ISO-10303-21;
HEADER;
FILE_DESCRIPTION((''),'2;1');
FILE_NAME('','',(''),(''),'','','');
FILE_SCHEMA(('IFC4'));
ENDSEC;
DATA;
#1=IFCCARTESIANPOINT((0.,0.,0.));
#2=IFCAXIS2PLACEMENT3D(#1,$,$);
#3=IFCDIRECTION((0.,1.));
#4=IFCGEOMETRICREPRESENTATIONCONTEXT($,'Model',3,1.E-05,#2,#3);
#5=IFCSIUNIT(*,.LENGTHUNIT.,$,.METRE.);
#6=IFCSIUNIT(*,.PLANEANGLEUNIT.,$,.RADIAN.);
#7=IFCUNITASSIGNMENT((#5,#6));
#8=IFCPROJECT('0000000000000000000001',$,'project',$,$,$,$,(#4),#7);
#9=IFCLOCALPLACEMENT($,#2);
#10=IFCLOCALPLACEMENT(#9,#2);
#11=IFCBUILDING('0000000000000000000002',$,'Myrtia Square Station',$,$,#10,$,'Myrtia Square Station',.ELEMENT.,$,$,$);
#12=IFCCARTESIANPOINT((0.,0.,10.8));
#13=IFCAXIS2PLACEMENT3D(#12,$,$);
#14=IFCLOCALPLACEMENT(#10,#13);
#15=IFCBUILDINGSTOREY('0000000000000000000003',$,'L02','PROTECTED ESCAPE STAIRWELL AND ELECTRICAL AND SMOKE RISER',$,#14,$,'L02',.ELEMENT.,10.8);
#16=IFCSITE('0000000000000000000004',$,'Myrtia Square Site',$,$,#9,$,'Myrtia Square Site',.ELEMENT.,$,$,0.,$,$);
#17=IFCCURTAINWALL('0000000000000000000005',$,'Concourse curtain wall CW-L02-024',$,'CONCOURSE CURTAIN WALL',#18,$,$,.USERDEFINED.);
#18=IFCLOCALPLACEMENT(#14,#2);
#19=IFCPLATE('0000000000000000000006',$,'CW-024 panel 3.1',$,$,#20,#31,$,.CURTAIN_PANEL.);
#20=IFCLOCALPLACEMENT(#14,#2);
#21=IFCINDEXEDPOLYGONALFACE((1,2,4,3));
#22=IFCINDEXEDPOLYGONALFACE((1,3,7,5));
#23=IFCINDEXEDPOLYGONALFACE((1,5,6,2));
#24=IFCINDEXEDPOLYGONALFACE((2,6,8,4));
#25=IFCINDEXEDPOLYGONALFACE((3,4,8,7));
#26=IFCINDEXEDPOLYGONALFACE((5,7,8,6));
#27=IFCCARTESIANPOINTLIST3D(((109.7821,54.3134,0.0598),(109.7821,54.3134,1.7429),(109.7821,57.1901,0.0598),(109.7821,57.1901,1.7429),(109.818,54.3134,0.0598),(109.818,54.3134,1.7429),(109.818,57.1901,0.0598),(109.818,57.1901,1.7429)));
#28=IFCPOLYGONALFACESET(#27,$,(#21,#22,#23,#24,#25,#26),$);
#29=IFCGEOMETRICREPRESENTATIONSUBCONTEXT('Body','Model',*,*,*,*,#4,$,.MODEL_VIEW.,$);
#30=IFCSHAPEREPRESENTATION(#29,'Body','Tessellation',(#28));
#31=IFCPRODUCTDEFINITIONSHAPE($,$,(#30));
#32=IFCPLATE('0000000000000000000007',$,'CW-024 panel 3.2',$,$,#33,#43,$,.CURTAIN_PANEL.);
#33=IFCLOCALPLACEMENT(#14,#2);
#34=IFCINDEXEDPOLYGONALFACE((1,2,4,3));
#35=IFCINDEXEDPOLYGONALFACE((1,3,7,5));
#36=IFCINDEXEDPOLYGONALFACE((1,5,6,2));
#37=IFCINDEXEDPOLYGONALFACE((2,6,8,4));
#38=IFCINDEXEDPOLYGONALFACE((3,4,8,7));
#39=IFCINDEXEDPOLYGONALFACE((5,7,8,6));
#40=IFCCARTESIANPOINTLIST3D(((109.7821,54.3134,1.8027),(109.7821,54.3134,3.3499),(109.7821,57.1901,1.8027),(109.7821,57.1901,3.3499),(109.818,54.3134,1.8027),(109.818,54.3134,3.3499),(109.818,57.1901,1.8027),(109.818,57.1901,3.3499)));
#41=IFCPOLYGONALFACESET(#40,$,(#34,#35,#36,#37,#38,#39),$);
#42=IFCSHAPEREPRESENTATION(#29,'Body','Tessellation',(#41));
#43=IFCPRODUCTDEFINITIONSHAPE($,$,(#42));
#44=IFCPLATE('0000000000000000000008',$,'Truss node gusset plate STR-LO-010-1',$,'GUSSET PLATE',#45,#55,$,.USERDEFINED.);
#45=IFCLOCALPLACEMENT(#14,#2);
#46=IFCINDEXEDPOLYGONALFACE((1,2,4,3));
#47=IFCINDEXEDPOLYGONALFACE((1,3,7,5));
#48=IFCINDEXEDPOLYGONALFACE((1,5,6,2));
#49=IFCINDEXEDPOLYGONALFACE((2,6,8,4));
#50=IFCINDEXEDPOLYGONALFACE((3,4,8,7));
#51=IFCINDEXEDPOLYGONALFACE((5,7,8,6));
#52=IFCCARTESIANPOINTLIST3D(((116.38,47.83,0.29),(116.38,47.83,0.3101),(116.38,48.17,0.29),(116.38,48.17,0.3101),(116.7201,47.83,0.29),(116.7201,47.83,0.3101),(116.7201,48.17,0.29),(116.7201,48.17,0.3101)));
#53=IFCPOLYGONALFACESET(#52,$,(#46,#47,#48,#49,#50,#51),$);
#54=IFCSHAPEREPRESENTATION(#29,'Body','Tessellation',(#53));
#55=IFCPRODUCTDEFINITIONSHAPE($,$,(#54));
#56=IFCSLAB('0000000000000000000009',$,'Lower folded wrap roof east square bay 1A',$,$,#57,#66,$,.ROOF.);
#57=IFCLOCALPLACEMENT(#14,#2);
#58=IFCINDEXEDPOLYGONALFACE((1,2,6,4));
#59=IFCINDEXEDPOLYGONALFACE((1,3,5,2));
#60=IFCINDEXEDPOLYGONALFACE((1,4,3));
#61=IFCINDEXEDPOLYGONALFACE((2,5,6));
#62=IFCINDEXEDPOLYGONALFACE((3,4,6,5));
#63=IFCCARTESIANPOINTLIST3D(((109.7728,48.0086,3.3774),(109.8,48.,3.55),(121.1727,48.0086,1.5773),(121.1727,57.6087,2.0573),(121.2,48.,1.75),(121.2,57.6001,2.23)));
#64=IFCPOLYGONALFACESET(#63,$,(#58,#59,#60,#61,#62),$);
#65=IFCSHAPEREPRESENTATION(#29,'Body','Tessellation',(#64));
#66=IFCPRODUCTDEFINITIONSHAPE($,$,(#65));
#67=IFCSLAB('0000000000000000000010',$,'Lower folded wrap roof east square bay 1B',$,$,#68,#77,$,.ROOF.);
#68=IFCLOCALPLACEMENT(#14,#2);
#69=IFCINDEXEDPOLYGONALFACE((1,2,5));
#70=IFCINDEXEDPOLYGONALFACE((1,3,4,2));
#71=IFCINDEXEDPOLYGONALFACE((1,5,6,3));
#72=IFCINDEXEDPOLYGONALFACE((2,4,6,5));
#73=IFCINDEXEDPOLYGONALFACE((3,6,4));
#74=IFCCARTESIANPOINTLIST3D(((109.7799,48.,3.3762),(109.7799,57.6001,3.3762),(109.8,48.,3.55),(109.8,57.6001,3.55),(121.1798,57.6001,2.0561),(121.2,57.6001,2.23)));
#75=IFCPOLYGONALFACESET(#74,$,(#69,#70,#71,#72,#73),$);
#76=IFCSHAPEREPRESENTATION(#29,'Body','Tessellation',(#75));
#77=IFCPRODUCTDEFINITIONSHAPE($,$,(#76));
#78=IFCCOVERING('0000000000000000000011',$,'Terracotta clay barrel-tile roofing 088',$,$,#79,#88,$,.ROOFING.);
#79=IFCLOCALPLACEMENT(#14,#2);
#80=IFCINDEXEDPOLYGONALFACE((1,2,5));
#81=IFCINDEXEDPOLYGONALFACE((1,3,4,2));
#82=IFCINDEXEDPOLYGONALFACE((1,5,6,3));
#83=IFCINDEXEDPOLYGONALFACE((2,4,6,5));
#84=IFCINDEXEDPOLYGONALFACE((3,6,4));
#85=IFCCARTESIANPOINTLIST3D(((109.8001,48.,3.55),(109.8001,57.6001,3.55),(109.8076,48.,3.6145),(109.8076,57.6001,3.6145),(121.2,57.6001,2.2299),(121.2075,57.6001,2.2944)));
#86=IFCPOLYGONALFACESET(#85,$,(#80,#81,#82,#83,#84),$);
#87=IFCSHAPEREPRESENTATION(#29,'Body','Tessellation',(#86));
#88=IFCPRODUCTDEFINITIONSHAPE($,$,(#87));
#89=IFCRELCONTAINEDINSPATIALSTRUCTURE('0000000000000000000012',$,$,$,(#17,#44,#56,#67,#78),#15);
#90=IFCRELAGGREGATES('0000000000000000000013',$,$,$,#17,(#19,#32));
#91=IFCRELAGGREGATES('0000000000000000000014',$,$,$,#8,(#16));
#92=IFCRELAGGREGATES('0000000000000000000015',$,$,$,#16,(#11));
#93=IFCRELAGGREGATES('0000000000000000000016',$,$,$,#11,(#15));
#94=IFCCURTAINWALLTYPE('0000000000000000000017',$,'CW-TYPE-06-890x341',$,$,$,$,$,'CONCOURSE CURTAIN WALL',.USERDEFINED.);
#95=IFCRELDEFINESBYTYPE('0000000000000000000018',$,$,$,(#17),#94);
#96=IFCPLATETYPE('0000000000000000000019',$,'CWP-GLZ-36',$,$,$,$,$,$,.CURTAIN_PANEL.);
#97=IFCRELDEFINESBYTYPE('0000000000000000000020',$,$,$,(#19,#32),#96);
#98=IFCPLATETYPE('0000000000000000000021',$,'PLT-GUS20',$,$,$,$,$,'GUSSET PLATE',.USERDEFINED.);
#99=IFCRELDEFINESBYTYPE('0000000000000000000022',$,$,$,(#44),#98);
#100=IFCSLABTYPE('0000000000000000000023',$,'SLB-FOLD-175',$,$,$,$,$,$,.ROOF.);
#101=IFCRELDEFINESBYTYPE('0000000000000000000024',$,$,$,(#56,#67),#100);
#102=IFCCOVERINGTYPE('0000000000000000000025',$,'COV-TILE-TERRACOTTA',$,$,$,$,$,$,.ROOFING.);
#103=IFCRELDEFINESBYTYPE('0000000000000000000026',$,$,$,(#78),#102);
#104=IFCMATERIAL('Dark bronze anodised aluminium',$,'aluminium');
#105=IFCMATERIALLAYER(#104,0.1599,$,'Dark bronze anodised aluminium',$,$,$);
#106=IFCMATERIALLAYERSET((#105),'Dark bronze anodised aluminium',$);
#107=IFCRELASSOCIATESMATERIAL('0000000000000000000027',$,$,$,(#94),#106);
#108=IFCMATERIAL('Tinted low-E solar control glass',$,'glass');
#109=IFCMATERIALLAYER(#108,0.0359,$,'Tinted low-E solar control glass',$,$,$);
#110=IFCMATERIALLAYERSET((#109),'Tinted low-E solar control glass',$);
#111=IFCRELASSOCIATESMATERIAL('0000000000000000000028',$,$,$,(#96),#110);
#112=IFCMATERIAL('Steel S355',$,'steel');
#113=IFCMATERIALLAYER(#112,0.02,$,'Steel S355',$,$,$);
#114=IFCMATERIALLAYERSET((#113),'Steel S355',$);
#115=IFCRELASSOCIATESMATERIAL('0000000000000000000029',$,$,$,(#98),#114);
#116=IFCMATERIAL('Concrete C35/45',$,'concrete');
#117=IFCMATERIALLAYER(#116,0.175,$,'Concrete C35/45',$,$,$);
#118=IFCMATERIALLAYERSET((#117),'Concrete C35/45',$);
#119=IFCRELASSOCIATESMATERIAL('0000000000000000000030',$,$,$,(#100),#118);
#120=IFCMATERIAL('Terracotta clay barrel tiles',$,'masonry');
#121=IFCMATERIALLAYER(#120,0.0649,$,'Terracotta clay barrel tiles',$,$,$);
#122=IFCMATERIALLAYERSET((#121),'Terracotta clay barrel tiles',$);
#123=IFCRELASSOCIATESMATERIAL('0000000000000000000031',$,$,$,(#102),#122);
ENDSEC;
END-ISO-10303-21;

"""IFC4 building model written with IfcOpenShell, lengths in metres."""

from ifc_helpers import new_model, si_unit, direction, frame, origin, origin_2d, place, context, subcontext, project, spatial, polyline, rectangle, outline, extrude, material, layer, layer_set, type_object, element, aggregate, save


model = new_model("IFC4")

# Units and contexts
model_context = context("Model", 3, precision=1e-05, world=origin(), true_north=direction((0.0, 1.0)))
body_context = subcontext(model_context, "Body", "Model", "MODEL_VIEW")
ifc_project = project(units=[si_unit("LENGTHUNIT", "METRE"), si_unit("PLANEANGLEUNIT", "RADIAN")], contexts=[model_context])

# Site, building, storey
site_placement = place(None, origin())
site = spatial("IfcSite", under=ifc_project, at=site_placement, Name="Myrtia Square Site", LongName="Myrtia Square Site", CompositionType="ELEMENT", RefElevation=0.0)
building_placement = place(site_placement, origin())
building = spatial("IfcBuilding", under=site, at=building_placement, Name="Myrtia Square Station", LongName="Myrtia Square Station", CompositionType="ELEMENT")
storey_placement = place(building_placement, frame((0.0, 0.0, 10.8)))
storey = spatial("IfcBuildingStorey", under=building, at=storey_placement, Name="L02", Description="PROTECTED ESCAPE STAIRWELL AND ELECTRICAL AND SMOKE RISER", LongName="L02", CompositionType="ELEMENT", Elevation=10.8)

# Shared definitions
ifc_material_1 = material(Name="Steel S355", Category="steel")

# Curtain wall
ifc_material_2 = material(Name="Dark bronze anodised aluminium", Category="aluminium")
ifc_layer_1 = layer(ifc_material_2, 0.1599, Name="Dark bronze anodised aluminium")
ifc_layer_set_1 = layer_set([ifc_layer_1], Name="Dark bronze anodised aluminium")
curtain_wall_type = type_object("IfcCurtainWallType", Name="CW-TYPE-06-890x341", ElementType="CONCOURSE CURTAIN WALL", PredefinedType="USERDEFINED", material=ifc_layer_set_1)
curtain_wall_placement = place(storey_placement, origin())
curtain_wall = element("IfcCurtainWall", 1, at=curtain_wall_placement, inside=storey, type_object=curtain_wall_type, Name="Concourse curtain wall CW-L02-024", ObjectType="CONCOURSE CURTAIN WALL", PredefinedType="USERDEFINED")

# Plates
ifc_material_3 = material(Name="Tinted low-E solar control glass", Category="glass")
ifc_layer_2 = layer(ifc_material_3, 0.0359, Name="Tinted low-E solar control glass")
ifc_layer_set_2 = layer_set([ifc_layer_2], Name="Tinted low-E solar control glass")
plate_type_1 = type_object("IfcPlateType", Name="CWP-GLZ-36", PredefinedType="CURTAIN_PANEL", material=ifc_layer_set_2)
plate_1_placement = place(storey_placement, frame((109.8, 55.7517, 0.0598), z_axis=(0.0, 0.0, 1.0), x_axis=(0.0, 1.0, 0.0)))
plate_1 = element("IfcPlate", 2, at=plate_1_placement, type_object=plate_type_1, Name="CW-024 panel 3.1", PredefinedType="CURTAIN_PANEL", context=body_context, shape_type="SweptSolid", body=[
    extrude(rectangle(XDim=2.8767, YDim=0.0359, at=origin_2d()), origin(), (0.0, 0.0, 1.0), 1.6831),
])
plate_2_placement = place(storey_placement, frame((109.8, 55.7517, 1.8027), z_axis=(0.0, 0.0, 1.0), x_axis=(0.0, 1.0, 0.0)))
plate_2 = element("IfcPlate", 3, at=plate_2_placement, type_object=plate_type_1, Name="CW-024 panel 3.2", PredefinedType="CURTAIN_PANEL", context=body_context, shape_type="SweptSolid", body=[
    extrude(rectangle(XDim=2.8767, YDim=0.0359, at=origin_2d()), origin(), (0.0, 0.0, 1.0), 1.5471),
])
aggregate(curtain_wall, [plate_1, plate_2])
ifc_layer_3 = layer(ifc_material_1, 0.02, Name="Steel S355")
ifc_layer_set_3 = layer_set([ifc_layer_3], Name="Steel S355")
plate_type_2 = type_object("IfcPlateType", Name="PLT-GUS20", ElementType="GUSSET PLATE", PredefinedType="USERDEFINED", material=ifc_layer_set_3)
plate_3_placement = place(storey_placement, frame((116.55, 48.0, 0.29), z_axis=(0.0, 0.0, 1.0), x_axis=(1.0, 0.0, 0.0)))
element("IfcPlate", 4, at=plate_3_placement, inside=storey, type_object=plate_type_2, Name="Truss node gusset plate STR-LO-010-1", ObjectType="GUSSET PLATE", PredefinedType="USERDEFINED", context=body_context, shape_type="SweptSolid", body=[
    extrude(rectangle(XDim=0.3401, YDim=0.3401, at=origin_2d()), origin(), (0.0, 0.0, 1.0), 0.02),
])

# Slabs
ifc_material_4 = material(Name="Concrete C35/45", Category="concrete")
ifc_layer_4 = layer(ifc_material_4, 0.175, Name="Concrete C35/45")
ifc_layer_set_4 = layer_set([ifc_layer_4], Name="Concrete C35/45")
slab_type = type_object("IfcSlabType", Name="SLB-FOLD-175", PredefinedType="ROOF", material=ifc_layer_set_4)
slab_1_placement = place(storey_placement, frame((109.8, 48.0, 3.55), z_axis=(0.155778, -0.049325, 0.98656), x_axis=(0.987762, 0.0, -0.155968)))
element("IfcSlab", 5, at=slab_1_placement, inside=storey, type_object=slab_type, Name="Lower folded wrap roof east square bay 1A", PredefinedType="ROOF", context=body_context, shape_type="SweptSolid", body=[
    extrude(outline(polyline([(0.0, 0.0), (11.5411, 0.0), (11.4663, 9.6118), (0.0, 0.0)])), origin(), (0.0, 0.0, -1.0), 0.175),
])
slab_2_placement = place(storey_placement, frame((109.8, 48.0, 3.55), z_axis=(0.115028, 0.0, 0.993362), x_axis=(0.761922, 0.641631, -0.088228)))
element("IfcSlab", 6, at=slab_2_placement, inside=storey, type_object=slab_type, Name="Lower folded wrap roof east square bay 1B", PredefinedType="ROOF", context=body_context, shape_type="SweptSolid", body=[
    extrude(outline(polyline([(0.0, 0.0), (14.962, 0.0), (6.1597, 7.3634), (0.0, 0.0)])), origin(), (0.0, 0.0, -1.0), 0.175),
])

# Covering
ifc_material_5 = material(Name="Terracotta clay barrel tiles", Category="masonry")
ifc_layer_5 = layer(ifc_material_5, 0.0649, Name="Terracotta clay barrel tiles")
ifc_layer_set_5 = layer_set([ifc_layer_5], Name="Terracotta clay barrel tiles")
covering_type = type_object("IfcCoveringType", Name="COV-TILE-TERRACOTTA", PredefinedType="ROOFING", material=ifc_layer_set_5)
covering_placement = place(storey_placement, frame((109.8076, 48.0, 3.6145), z_axis=(0.115028, 0.0, 0.993362), x_axis=(0.761922, 0.641631, -0.088228)))
element("IfcCovering", 7, at=covering_placement, inside=storey, type_object=covering_type, Name="Terracotta clay barrel-tile roofing 088", PredefinedType="ROOFING", context=body_context, shape_type="SweptSolid", body=[
    extrude(outline(polyline([(0.0, 0.0), (14.962, 0.0), (6.1597, 7.3634), (0.0, 0.0)])), origin(), (0.0, 0.0, -1.0), 0.0649),
])

save(model, "model.ifc")
